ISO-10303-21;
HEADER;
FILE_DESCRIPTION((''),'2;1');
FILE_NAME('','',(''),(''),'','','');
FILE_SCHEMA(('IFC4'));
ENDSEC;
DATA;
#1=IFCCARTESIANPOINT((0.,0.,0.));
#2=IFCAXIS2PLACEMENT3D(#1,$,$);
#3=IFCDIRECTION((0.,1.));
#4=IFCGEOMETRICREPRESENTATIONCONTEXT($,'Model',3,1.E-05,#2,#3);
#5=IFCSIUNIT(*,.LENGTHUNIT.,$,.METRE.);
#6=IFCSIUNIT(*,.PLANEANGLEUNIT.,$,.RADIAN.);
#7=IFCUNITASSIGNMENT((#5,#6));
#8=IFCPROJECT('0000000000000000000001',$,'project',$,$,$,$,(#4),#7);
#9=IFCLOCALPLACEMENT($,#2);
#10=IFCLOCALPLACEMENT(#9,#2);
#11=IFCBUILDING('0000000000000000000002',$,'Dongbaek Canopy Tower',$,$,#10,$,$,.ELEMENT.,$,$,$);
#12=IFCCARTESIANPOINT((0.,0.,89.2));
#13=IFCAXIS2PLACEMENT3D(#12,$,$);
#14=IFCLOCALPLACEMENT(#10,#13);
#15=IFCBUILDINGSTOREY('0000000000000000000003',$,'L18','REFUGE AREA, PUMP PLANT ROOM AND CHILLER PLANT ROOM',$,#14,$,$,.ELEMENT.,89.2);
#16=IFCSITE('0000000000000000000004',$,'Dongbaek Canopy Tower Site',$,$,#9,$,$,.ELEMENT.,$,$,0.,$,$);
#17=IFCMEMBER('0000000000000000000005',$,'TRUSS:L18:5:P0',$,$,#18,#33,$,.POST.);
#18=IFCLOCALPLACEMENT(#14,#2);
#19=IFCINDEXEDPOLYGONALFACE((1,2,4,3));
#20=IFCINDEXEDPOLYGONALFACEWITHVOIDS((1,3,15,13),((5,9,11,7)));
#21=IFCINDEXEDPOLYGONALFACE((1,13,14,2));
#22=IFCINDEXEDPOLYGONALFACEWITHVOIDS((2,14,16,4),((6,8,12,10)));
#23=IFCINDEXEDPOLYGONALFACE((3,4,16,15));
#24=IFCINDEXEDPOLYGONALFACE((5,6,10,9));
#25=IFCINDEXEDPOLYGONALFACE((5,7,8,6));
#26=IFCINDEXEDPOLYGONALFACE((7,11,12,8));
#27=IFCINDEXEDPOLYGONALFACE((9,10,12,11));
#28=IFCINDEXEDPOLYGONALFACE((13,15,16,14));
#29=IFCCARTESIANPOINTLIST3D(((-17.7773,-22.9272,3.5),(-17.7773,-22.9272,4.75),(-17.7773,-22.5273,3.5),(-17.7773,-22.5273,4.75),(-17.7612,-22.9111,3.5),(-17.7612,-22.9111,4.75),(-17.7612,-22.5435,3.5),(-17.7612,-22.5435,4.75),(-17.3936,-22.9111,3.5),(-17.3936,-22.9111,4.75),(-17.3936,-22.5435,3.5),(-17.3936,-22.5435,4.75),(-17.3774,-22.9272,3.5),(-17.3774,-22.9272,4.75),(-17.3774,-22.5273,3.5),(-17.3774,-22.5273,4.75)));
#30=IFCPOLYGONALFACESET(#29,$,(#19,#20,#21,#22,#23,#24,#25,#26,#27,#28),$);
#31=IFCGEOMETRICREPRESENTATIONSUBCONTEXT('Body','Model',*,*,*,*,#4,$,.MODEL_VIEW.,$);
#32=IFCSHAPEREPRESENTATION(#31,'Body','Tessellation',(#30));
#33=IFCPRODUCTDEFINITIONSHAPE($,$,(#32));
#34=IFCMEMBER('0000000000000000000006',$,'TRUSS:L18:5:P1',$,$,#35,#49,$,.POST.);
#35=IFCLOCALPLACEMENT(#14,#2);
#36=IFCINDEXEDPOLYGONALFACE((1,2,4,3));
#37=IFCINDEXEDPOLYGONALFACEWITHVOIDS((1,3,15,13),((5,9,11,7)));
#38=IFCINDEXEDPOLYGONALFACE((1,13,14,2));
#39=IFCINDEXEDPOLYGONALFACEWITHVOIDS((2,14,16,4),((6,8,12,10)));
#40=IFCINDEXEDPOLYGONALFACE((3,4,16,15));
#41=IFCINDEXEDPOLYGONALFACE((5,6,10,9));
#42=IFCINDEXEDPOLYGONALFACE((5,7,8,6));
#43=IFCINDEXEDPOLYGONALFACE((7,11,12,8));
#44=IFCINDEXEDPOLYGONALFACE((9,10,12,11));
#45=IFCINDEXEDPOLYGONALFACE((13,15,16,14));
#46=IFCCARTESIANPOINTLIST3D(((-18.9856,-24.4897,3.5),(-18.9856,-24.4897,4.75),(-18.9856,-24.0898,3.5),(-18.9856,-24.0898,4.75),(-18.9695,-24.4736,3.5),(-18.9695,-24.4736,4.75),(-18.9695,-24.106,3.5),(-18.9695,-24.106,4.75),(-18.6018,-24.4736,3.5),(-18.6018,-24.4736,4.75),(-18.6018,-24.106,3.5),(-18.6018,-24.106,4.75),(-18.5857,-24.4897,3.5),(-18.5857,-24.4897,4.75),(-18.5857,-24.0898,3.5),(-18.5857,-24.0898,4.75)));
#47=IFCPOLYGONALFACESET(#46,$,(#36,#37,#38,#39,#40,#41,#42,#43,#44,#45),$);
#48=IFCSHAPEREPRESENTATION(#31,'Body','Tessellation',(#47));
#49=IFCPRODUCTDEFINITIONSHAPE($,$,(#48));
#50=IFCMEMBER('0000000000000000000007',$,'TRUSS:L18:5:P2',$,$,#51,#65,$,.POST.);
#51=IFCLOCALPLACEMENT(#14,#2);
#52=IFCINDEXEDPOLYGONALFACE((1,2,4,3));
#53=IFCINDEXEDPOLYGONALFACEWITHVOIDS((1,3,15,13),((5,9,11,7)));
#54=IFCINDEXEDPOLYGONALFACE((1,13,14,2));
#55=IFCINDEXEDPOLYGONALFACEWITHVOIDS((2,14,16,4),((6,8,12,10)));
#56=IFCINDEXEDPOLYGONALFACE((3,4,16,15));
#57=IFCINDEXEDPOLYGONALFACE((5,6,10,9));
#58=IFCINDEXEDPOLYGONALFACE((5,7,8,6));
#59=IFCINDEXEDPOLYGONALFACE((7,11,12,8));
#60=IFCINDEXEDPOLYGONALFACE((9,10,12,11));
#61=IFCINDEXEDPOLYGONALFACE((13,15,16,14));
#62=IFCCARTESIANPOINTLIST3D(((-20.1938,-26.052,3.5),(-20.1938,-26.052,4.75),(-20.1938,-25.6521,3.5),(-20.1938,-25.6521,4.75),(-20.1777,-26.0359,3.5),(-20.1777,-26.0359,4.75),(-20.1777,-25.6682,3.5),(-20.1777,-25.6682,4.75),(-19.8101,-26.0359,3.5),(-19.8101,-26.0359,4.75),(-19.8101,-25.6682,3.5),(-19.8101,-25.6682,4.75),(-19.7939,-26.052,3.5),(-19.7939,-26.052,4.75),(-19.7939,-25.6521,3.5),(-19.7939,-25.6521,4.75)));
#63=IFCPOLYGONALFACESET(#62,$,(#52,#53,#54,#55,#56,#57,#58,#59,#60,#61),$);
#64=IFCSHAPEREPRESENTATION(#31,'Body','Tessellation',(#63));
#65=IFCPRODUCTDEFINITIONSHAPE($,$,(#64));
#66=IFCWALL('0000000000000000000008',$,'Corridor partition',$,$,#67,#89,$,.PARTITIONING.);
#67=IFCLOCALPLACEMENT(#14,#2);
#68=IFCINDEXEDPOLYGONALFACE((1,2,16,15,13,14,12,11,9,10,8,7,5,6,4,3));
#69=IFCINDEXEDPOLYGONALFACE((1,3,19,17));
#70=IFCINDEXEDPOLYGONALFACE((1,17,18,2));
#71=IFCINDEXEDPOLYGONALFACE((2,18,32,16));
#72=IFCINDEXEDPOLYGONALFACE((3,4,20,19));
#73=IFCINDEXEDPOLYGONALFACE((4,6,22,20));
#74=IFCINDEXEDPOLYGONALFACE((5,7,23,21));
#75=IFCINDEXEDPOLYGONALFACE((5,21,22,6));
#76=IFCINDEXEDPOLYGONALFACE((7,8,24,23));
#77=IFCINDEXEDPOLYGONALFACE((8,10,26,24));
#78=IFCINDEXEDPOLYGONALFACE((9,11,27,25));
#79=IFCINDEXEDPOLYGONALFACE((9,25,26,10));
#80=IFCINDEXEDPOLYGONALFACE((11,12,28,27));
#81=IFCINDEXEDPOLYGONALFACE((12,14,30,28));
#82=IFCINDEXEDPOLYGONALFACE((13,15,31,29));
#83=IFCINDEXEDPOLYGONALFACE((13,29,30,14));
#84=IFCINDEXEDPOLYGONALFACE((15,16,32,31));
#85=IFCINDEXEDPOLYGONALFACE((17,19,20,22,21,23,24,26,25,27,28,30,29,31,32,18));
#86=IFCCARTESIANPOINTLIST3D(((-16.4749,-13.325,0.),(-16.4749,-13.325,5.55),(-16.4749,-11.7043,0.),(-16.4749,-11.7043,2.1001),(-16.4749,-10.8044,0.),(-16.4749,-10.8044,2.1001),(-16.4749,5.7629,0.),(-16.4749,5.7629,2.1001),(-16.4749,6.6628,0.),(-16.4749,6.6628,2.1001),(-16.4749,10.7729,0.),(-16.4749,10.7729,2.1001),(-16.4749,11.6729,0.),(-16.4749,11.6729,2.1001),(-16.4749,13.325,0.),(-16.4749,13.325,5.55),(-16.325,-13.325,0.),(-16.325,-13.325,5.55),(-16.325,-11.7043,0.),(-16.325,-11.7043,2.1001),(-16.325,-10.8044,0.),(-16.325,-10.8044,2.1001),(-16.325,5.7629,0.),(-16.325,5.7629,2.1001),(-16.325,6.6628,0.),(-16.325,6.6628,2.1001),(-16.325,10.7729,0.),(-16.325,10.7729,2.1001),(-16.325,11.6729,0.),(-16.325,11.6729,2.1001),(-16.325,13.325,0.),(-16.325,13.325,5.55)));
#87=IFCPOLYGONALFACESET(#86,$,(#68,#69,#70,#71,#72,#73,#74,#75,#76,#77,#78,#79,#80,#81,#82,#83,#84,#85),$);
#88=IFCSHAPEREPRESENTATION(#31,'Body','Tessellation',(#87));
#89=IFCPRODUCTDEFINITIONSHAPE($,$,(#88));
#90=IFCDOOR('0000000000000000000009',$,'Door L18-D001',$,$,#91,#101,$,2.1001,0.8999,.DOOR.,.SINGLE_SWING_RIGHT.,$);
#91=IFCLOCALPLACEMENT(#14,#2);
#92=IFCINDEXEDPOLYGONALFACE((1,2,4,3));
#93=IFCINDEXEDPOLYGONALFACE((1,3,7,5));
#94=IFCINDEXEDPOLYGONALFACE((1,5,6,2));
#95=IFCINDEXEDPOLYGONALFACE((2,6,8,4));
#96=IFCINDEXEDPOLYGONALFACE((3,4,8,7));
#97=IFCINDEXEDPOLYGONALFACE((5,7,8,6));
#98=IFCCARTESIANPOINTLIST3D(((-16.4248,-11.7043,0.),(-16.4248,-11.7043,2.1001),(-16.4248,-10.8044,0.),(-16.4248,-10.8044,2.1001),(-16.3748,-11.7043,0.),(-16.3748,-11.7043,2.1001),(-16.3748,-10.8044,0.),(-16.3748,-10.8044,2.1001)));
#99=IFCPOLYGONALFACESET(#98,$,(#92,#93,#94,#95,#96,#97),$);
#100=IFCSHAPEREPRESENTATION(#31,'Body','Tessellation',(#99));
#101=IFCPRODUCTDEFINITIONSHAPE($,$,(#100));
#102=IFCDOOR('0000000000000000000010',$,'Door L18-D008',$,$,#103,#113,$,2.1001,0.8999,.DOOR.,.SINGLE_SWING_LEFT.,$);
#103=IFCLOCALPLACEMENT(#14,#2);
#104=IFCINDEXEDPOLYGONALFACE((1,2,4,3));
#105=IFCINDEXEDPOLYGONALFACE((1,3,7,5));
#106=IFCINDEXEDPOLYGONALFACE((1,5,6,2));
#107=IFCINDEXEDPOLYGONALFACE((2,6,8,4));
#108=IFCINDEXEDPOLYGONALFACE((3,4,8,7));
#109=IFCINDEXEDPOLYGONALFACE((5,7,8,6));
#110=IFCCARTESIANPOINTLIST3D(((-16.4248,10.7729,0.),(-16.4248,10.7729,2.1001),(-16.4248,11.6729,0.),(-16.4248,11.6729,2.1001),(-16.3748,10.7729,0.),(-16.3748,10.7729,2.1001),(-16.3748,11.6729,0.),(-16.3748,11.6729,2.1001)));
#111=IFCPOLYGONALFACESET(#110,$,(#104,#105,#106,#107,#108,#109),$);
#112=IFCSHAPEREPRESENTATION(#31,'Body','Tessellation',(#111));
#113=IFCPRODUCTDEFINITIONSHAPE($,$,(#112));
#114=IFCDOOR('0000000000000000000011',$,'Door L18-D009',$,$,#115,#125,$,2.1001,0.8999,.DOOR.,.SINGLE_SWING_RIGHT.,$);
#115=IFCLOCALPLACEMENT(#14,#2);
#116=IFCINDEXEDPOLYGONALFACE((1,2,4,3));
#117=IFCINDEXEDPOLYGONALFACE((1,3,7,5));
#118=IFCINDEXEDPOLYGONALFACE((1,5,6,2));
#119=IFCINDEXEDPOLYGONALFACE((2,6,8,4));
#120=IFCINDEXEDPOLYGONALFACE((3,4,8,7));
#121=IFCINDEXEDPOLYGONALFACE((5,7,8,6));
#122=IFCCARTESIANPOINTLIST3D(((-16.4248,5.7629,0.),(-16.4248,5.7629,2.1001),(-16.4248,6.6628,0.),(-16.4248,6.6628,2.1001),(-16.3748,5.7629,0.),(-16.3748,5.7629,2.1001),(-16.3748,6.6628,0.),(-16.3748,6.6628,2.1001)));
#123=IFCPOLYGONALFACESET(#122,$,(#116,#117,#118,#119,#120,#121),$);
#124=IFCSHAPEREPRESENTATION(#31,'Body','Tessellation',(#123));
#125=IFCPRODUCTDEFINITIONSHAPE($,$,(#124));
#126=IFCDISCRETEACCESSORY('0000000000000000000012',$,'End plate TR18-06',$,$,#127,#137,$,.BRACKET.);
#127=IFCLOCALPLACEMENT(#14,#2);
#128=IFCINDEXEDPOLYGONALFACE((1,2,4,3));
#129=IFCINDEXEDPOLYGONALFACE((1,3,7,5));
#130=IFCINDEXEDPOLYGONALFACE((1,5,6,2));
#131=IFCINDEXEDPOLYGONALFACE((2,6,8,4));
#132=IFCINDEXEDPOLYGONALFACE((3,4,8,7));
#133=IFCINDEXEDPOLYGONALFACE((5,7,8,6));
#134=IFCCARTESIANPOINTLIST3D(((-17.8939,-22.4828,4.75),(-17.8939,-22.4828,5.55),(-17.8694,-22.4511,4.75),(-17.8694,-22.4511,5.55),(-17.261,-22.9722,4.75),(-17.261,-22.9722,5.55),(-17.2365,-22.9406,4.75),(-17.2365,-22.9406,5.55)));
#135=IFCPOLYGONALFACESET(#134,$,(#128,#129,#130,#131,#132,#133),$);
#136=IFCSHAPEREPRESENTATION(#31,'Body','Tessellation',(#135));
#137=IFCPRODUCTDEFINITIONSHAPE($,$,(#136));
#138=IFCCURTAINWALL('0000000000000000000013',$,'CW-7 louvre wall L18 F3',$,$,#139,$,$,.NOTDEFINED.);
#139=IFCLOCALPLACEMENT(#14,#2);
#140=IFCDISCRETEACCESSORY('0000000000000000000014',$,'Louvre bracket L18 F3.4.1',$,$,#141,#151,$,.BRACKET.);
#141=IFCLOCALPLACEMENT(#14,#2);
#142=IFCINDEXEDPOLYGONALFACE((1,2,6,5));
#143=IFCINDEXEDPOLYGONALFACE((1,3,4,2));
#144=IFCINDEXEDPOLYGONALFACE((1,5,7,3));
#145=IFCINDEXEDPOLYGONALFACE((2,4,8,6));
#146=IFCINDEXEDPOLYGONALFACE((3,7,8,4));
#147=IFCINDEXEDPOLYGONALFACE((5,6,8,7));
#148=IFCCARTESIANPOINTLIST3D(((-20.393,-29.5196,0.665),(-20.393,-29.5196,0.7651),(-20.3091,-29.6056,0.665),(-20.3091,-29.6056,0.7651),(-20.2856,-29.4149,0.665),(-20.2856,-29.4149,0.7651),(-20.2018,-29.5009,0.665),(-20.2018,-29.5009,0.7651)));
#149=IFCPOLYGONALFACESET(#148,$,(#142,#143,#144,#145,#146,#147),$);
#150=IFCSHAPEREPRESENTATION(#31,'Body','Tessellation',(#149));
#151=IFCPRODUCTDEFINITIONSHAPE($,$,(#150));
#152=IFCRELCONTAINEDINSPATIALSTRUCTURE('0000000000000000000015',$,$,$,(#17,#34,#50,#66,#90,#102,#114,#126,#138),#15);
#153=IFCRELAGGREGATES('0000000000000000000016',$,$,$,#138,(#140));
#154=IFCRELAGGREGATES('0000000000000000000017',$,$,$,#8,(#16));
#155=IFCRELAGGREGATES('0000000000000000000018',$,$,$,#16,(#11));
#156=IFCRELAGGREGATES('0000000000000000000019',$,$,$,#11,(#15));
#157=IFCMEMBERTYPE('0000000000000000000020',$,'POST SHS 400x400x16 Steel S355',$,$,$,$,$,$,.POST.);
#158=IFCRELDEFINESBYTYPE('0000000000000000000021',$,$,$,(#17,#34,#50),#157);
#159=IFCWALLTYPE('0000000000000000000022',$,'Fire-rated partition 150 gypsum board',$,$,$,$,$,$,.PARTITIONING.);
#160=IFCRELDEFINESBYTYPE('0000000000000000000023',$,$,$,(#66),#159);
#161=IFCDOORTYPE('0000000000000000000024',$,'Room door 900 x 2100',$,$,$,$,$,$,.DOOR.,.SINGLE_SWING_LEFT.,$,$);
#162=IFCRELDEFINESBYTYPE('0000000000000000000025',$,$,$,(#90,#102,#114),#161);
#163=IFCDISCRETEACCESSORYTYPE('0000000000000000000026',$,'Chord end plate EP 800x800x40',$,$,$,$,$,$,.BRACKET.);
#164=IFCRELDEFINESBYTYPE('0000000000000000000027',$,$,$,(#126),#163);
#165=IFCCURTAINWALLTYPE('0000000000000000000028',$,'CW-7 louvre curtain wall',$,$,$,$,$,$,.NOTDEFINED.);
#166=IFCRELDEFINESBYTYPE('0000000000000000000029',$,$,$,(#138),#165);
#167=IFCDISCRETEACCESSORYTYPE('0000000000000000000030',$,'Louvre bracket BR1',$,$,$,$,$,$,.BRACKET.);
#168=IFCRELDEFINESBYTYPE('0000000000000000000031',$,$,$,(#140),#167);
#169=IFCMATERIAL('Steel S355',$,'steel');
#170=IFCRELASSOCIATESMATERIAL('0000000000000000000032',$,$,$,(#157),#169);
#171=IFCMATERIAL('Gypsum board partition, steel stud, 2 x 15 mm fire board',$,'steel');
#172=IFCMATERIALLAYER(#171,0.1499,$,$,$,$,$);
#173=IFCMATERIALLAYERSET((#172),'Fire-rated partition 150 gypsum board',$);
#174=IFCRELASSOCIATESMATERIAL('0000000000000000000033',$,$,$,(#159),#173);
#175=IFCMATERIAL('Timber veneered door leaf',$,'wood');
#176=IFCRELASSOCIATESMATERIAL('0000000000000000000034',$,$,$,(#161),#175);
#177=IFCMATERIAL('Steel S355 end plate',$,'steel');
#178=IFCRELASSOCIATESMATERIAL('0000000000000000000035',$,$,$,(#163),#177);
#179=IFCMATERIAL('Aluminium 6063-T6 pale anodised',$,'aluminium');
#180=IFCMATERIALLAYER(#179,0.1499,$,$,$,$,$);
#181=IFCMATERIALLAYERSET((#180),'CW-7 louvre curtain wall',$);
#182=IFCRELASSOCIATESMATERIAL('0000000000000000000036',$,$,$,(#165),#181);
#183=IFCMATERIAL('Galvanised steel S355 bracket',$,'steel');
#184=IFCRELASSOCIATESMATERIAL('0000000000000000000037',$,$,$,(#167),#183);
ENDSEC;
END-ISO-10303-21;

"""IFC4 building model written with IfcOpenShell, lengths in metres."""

from ifc_helpers import new_model, si_unit, direction, frame, frame_2d, origin, origin_2d, place, context, subcontext, project, spatial, rectangle, hollow_rectangle, extrude, material, layer, layer_set, material_profile, profile_set, type_object, element, fill, aggregate, save


model = new_model("IFC4")

# Units and contexts
model_context = context("Model", 3, precision=1e-05, world=origin(), true_north=direction((0.0, 1.0)))
body_context = subcontext(model_context, "Body", "Model", "MODEL_VIEW")
ifc_project = project(units=[si_unit("LENGTHUNIT", "METRE"), si_unit("PLANEANGLEUNIT", "RADIAN")], contexts=[model_context])

# Site, building, storey
site_placement = place(None, origin())
site = spatial("IfcSite", under=ifc_project, at=site_placement, Name="Dongbaek Canopy Tower Site", CompositionType="ELEMENT", RefElevation=0.0)
building_placement = place(site_placement, origin())
building = spatial("IfcBuilding", under=site, at=building_placement, Name="Dongbaek Canopy Tower", CompositionType="ELEMENT")
storey_placement = place(building_placement, frame((0.0, 0.0, 89.2)))
storey = spatial("IfcBuildingStorey", under=building, at=storey_placement, Name="L18", Description="REFUGE AREA, PUMP PLANT ROOM AND CHILLER PLANT ROOM", CompositionType="ELEMENT", Elevation=89.2)

# Members
ifc_material_1 = material(Name="Steel S355", Category="steel")
ifc_material_profile_1 = material_profile(ifc_material_1, hollow_rectangle(XDim=0.3999, YDim=0.3999, WallThickness=0.0161, at=origin_2d()), Name="POST SHS 400x400x16 Steel S355")
ifc_profile_set_1 = profile_set([ifc_material_profile_1], Name="Steel S355")
member_type_1 = type_object("IfcMemberType", Name="POST SHS 400x400x16 Steel S355", PredefinedType="POST", material=ifc_profile_set_1)
for number, where, z_axis, x_axis, name in (
    (1, (-17.5774, -22.7273, 3.5), (0.0, 0.0, 1.0), (1.0, 0.0, 0.0), "TRUSS:L18:5:P0"),
    (2, (-18.7856, -24.2898, 3.5), (0.0, 0.0, 1.0), (1.0, 0.0, 0.0), "TRUSS:L18:5:P1"),
    (3, (-19.9939, -25.8521, 3.5), (0.0, 0.0, 1.0), (1.0, 0.0, 0.0), "TRUSS:L18:5:P2"),
):
    element("IfcMember", number, at=place(storey_placement, frame(where, z_axis=z_axis, x_axis=x_axis)), inside=storey, type_object=member_type_1, Name=name, PredefinedType="POST", context=body_context, shape_type="SweptSolid", body=[
        extrude(hollow_rectangle(XDim=0.3999, YDim=0.3999, WallThickness=0.0161, at=origin_2d()), origin(), (0.0, 0.0, 1.0), 1.25),
    ])

# Wall, openings, doors
ifc_material_2 = material(Name="Gypsum board partition, steel stud, 2 x 15 mm fire board", Category="steel")
ifc_layer_1 = layer(ifc_material_2, 0.1499)
ifc_layer_set_1 = layer_set([ifc_layer_1], Name="Fire-rated partition 150 gypsum board")
wall_type = type_object("IfcWallType", Name="Fire-rated partition 150 gypsum board", PredefinedType="PARTITIONING", material=ifc_layer_set_1)
wall_placement = place(storey_placement, frame((-16.3999, -13.325, 0.0), z_axis=(0.0, 0.0, 1.0), x_axis=(0.0, 1.0, 0.0)))
wall = element("IfcWall", 4, at=wall_placement, inside=storey, type_object=wall_type, Name="Corridor partition", PredefinedType="PARTITIONING", context=body_context, shape_type="SweptSolid", body=[
    extrude(rectangle(XDim=26.6499, YDim=0.1499, at=frame_2d((13.325, 0.0))), origin(), (0.0, 0.0, 1.0), 5.55),
])
opening_1_placement = place(wall_placement, frame((1.6206, 0.0, 0.0)))
opening_1 = element("IfcOpeningElement", 5, at=opening_1_placement, cuts=wall, PredefinedType="OPENING", context=body_context, shape_type="SweptSolid", body=[
    extrude(rectangle(XDim=0.8999, YDim=2.1001, at=frame_2d((0.45, 1.05))), frame((0.0, 0.085, 0.0), z_axis=(0.0, -1.0, 0.0), x_axis=(1.0, 0.0, 0.0)), (0.0, 0.0, 1.0), 0.1699),
])
opening_2_placement = place(wall_placement, frame((24.0979, 0.0, 0.0)))
opening_2 = element("IfcOpeningElement", 6, at=opening_2_placement, cuts=wall, PredefinedType="OPENING", context=body_context, shape_type="SweptSolid", body=[
    extrude(rectangle(XDim=0.8999, YDim=2.1001, at=frame_2d((0.45, 1.05))), frame((0.0, 0.085, 0.0), z_axis=(0.0, -1.0, 0.0), x_axis=(1.0, 0.0, 0.0)), (0.0, 0.0, 1.0), 0.1699),
])
opening_3_placement = place(wall_placement, frame((19.0879, 0.0, 0.0)))
opening_3 = element("IfcOpeningElement", 7, at=opening_3_placement, cuts=wall, PredefinedType="OPENING", context=body_context, shape_type="SweptSolid", body=[
    extrude(rectangle(XDim=0.8999, YDim=2.1001, at=frame_2d((0.45, 1.05))), frame((0.0, 0.085, 0.0), z_axis=(0.0, -1.0, 0.0), x_axis=(1.0, 0.0, 0.0)), (0.0, 0.0, 1.0), 0.1699),
])
ifc_material_3 = material(Name="Timber veneered door leaf", Category="wood")
door_type = type_object("IfcDoorType", Name="Room door 900 x 2100", OperationType="SINGLE_SWING_LEFT", PredefinedType="DOOR", material=ifc_material_3)
door_1_placement = place(opening_1_placement, origin())
door_1 = element("IfcDoor", 8, at=door_1_placement, inside=storey, type_object=door_type, Name="Door L18-D001", OperationType="SINGLE_SWING_RIGHT", OverallHeight=2.1001, OverallWidth=0.8999, PredefinedType="DOOR", context=body_context, shape_type="SweptSolid", body=[
    extrude(rectangle(XDim=0.8999, YDim=2.1001, at=frame_2d((0.45, 1.05))), frame((0.0, 0.0249, 0.0), z_axis=(0.0, -1.0, 0.0), x_axis=(1.0, 0.0, 0.0)), (0.0, 0.0, 1.0), 0.05),
])
fill(opening_1, door_1)
door_2_placement = place(opening_2_placement, origin())
door_2 = element("IfcDoor", 9, at=door_2_placement, inside=storey, type_object=door_type, Name="Door L18-D008", OperationType="SINGLE_SWING_LEFT", OverallHeight=2.1001, OverallWidth=0.8999, PredefinedType="DOOR", context=body_context, shape_type="SweptSolid", body=[
    extrude(rectangle(XDim=0.8999, YDim=2.1001, at=frame_2d((0.45, 1.05))), frame((0.0, 0.0249, 0.0), z_axis=(0.0, -1.0, 0.0), x_axis=(1.0, 0.0, 0.0)), (0.0, 0.0, 1.0), 0.05),
])
fill(opening_2, door_2)
door_3_placement = place(opening_3_placement, origin())
door_3 = element("IfcDoor", 10, at=door_3_placement, inside=storey, type_object=door_type, Name="Door L18-D009", OperationType="SINGLE_SWING_RIGHT", OverallHeight=2.1001, OverallWidth=0.8999, PredefinedType="DOOR", context=body_context, shape_type="SweptSolid", body=[
    extrude(rectangle(XDim=0.8999, YDim=2.1001, at=frame_2d((0.45, 1.05))), frame((0.0, 0.0249, 0.0), z_axis=(0.0, -1.0, 0.0), x_axis=(1.0, 0.0, 0.0)), (0.0, 0.0, 1.0), 0.05),
])
fill(opening_3, door_3)

# Discrete accessory
ifc_material_4 = material(Name="Steel S355 end plate", Category="steel")
discrete_accessory_type_1 = type_object("IfcDiscreteAccessoryType", Name="Chord end plate EP 800x800x40", PredefinedType="BRACKET", material=ifc_material_4)
discrete_accessory_1_placement = place(storey_placement, frame((-17.5652, -22.7117, 4.75), z_axis=(0.0, 0.0, 1.0), x_axis=(-0.611781, -0.791027, 0.0)))
element("IfcDiscreteAccessory", 11, at=discrete_accessory_1_placement, inside=storey, type_object=discrete_accessory_type_1, Name="End plate TR18-06", PredefinedType="BRACKET", context=body_context, shape_type="SweptSolid", body=[
    extrude(rectangle(XDim=0.04, YDim=0.8, at=origin_2d()), origin(), (0.0, 0.0, 1.0), 0.8),
])

# Curtain wall, discrete accessory
ifc_material_5 = material(Name="Aluminium 6063-T6 pale anodised", Category="aluminium")
ifc_layer_2 = layer(ifc_material_5, 0.1499)
ifc_layer_set_2 = layer_set([ifc_layer_2], Name="CW-7 louvre curtain wall")
curtain_wall_type = type_object("IfcCurtainWallType", Name="CW-7 louvre curtain wall", PredefinedType="NOTDEFINED", material=ifc_layer_set_2)
curtain_wall_placement = place(storey_placement, origin())
curtain_wall = element("IfcCurtainWall", 12, at=curtain_wall_placement, inside=storey, type_object=curtain_wall_type, Name="CW-7 louvre wall L18 F3", PredefinedType="NOTDEFINED")
ifc_material_6 = material(Name="Galvanised steel S355 bracket", Category="steel")
discrete_accessory_type_2 = type_object("IfcDiscreteAccessoryType", Name="Louvre bracket BR1", PredefinedType="BRACKET", material=ifc_material_6)
discrete_accessory_2_placement = place(storey_placement, frame((-20.2974, -29.5103, 0.665), z_axis=(0.0, 0.0, 1.0), x_axis=(0.698181, -0.715921, 0.0)))
discrete_accessory_2 = element("IfcDiscreteAccessory", 13, at=discrete_accessory_2_placement, type_object=discrete_accessory_type_2, Name="Louvre bracket L18 F3.4.1", PredefinedType="BRACKET", context=body_context, shape_type="SweptSolid", body=[
    extrude(rectangle(XDim=0.1201, YDim=0.1499, at=origin_2d()), origin(), (0.0, 0.0, 1.0), 0.1001),
])
aggregate(curtain_wall, [discrete_accessory_2])

save(model, "model.ifc")
